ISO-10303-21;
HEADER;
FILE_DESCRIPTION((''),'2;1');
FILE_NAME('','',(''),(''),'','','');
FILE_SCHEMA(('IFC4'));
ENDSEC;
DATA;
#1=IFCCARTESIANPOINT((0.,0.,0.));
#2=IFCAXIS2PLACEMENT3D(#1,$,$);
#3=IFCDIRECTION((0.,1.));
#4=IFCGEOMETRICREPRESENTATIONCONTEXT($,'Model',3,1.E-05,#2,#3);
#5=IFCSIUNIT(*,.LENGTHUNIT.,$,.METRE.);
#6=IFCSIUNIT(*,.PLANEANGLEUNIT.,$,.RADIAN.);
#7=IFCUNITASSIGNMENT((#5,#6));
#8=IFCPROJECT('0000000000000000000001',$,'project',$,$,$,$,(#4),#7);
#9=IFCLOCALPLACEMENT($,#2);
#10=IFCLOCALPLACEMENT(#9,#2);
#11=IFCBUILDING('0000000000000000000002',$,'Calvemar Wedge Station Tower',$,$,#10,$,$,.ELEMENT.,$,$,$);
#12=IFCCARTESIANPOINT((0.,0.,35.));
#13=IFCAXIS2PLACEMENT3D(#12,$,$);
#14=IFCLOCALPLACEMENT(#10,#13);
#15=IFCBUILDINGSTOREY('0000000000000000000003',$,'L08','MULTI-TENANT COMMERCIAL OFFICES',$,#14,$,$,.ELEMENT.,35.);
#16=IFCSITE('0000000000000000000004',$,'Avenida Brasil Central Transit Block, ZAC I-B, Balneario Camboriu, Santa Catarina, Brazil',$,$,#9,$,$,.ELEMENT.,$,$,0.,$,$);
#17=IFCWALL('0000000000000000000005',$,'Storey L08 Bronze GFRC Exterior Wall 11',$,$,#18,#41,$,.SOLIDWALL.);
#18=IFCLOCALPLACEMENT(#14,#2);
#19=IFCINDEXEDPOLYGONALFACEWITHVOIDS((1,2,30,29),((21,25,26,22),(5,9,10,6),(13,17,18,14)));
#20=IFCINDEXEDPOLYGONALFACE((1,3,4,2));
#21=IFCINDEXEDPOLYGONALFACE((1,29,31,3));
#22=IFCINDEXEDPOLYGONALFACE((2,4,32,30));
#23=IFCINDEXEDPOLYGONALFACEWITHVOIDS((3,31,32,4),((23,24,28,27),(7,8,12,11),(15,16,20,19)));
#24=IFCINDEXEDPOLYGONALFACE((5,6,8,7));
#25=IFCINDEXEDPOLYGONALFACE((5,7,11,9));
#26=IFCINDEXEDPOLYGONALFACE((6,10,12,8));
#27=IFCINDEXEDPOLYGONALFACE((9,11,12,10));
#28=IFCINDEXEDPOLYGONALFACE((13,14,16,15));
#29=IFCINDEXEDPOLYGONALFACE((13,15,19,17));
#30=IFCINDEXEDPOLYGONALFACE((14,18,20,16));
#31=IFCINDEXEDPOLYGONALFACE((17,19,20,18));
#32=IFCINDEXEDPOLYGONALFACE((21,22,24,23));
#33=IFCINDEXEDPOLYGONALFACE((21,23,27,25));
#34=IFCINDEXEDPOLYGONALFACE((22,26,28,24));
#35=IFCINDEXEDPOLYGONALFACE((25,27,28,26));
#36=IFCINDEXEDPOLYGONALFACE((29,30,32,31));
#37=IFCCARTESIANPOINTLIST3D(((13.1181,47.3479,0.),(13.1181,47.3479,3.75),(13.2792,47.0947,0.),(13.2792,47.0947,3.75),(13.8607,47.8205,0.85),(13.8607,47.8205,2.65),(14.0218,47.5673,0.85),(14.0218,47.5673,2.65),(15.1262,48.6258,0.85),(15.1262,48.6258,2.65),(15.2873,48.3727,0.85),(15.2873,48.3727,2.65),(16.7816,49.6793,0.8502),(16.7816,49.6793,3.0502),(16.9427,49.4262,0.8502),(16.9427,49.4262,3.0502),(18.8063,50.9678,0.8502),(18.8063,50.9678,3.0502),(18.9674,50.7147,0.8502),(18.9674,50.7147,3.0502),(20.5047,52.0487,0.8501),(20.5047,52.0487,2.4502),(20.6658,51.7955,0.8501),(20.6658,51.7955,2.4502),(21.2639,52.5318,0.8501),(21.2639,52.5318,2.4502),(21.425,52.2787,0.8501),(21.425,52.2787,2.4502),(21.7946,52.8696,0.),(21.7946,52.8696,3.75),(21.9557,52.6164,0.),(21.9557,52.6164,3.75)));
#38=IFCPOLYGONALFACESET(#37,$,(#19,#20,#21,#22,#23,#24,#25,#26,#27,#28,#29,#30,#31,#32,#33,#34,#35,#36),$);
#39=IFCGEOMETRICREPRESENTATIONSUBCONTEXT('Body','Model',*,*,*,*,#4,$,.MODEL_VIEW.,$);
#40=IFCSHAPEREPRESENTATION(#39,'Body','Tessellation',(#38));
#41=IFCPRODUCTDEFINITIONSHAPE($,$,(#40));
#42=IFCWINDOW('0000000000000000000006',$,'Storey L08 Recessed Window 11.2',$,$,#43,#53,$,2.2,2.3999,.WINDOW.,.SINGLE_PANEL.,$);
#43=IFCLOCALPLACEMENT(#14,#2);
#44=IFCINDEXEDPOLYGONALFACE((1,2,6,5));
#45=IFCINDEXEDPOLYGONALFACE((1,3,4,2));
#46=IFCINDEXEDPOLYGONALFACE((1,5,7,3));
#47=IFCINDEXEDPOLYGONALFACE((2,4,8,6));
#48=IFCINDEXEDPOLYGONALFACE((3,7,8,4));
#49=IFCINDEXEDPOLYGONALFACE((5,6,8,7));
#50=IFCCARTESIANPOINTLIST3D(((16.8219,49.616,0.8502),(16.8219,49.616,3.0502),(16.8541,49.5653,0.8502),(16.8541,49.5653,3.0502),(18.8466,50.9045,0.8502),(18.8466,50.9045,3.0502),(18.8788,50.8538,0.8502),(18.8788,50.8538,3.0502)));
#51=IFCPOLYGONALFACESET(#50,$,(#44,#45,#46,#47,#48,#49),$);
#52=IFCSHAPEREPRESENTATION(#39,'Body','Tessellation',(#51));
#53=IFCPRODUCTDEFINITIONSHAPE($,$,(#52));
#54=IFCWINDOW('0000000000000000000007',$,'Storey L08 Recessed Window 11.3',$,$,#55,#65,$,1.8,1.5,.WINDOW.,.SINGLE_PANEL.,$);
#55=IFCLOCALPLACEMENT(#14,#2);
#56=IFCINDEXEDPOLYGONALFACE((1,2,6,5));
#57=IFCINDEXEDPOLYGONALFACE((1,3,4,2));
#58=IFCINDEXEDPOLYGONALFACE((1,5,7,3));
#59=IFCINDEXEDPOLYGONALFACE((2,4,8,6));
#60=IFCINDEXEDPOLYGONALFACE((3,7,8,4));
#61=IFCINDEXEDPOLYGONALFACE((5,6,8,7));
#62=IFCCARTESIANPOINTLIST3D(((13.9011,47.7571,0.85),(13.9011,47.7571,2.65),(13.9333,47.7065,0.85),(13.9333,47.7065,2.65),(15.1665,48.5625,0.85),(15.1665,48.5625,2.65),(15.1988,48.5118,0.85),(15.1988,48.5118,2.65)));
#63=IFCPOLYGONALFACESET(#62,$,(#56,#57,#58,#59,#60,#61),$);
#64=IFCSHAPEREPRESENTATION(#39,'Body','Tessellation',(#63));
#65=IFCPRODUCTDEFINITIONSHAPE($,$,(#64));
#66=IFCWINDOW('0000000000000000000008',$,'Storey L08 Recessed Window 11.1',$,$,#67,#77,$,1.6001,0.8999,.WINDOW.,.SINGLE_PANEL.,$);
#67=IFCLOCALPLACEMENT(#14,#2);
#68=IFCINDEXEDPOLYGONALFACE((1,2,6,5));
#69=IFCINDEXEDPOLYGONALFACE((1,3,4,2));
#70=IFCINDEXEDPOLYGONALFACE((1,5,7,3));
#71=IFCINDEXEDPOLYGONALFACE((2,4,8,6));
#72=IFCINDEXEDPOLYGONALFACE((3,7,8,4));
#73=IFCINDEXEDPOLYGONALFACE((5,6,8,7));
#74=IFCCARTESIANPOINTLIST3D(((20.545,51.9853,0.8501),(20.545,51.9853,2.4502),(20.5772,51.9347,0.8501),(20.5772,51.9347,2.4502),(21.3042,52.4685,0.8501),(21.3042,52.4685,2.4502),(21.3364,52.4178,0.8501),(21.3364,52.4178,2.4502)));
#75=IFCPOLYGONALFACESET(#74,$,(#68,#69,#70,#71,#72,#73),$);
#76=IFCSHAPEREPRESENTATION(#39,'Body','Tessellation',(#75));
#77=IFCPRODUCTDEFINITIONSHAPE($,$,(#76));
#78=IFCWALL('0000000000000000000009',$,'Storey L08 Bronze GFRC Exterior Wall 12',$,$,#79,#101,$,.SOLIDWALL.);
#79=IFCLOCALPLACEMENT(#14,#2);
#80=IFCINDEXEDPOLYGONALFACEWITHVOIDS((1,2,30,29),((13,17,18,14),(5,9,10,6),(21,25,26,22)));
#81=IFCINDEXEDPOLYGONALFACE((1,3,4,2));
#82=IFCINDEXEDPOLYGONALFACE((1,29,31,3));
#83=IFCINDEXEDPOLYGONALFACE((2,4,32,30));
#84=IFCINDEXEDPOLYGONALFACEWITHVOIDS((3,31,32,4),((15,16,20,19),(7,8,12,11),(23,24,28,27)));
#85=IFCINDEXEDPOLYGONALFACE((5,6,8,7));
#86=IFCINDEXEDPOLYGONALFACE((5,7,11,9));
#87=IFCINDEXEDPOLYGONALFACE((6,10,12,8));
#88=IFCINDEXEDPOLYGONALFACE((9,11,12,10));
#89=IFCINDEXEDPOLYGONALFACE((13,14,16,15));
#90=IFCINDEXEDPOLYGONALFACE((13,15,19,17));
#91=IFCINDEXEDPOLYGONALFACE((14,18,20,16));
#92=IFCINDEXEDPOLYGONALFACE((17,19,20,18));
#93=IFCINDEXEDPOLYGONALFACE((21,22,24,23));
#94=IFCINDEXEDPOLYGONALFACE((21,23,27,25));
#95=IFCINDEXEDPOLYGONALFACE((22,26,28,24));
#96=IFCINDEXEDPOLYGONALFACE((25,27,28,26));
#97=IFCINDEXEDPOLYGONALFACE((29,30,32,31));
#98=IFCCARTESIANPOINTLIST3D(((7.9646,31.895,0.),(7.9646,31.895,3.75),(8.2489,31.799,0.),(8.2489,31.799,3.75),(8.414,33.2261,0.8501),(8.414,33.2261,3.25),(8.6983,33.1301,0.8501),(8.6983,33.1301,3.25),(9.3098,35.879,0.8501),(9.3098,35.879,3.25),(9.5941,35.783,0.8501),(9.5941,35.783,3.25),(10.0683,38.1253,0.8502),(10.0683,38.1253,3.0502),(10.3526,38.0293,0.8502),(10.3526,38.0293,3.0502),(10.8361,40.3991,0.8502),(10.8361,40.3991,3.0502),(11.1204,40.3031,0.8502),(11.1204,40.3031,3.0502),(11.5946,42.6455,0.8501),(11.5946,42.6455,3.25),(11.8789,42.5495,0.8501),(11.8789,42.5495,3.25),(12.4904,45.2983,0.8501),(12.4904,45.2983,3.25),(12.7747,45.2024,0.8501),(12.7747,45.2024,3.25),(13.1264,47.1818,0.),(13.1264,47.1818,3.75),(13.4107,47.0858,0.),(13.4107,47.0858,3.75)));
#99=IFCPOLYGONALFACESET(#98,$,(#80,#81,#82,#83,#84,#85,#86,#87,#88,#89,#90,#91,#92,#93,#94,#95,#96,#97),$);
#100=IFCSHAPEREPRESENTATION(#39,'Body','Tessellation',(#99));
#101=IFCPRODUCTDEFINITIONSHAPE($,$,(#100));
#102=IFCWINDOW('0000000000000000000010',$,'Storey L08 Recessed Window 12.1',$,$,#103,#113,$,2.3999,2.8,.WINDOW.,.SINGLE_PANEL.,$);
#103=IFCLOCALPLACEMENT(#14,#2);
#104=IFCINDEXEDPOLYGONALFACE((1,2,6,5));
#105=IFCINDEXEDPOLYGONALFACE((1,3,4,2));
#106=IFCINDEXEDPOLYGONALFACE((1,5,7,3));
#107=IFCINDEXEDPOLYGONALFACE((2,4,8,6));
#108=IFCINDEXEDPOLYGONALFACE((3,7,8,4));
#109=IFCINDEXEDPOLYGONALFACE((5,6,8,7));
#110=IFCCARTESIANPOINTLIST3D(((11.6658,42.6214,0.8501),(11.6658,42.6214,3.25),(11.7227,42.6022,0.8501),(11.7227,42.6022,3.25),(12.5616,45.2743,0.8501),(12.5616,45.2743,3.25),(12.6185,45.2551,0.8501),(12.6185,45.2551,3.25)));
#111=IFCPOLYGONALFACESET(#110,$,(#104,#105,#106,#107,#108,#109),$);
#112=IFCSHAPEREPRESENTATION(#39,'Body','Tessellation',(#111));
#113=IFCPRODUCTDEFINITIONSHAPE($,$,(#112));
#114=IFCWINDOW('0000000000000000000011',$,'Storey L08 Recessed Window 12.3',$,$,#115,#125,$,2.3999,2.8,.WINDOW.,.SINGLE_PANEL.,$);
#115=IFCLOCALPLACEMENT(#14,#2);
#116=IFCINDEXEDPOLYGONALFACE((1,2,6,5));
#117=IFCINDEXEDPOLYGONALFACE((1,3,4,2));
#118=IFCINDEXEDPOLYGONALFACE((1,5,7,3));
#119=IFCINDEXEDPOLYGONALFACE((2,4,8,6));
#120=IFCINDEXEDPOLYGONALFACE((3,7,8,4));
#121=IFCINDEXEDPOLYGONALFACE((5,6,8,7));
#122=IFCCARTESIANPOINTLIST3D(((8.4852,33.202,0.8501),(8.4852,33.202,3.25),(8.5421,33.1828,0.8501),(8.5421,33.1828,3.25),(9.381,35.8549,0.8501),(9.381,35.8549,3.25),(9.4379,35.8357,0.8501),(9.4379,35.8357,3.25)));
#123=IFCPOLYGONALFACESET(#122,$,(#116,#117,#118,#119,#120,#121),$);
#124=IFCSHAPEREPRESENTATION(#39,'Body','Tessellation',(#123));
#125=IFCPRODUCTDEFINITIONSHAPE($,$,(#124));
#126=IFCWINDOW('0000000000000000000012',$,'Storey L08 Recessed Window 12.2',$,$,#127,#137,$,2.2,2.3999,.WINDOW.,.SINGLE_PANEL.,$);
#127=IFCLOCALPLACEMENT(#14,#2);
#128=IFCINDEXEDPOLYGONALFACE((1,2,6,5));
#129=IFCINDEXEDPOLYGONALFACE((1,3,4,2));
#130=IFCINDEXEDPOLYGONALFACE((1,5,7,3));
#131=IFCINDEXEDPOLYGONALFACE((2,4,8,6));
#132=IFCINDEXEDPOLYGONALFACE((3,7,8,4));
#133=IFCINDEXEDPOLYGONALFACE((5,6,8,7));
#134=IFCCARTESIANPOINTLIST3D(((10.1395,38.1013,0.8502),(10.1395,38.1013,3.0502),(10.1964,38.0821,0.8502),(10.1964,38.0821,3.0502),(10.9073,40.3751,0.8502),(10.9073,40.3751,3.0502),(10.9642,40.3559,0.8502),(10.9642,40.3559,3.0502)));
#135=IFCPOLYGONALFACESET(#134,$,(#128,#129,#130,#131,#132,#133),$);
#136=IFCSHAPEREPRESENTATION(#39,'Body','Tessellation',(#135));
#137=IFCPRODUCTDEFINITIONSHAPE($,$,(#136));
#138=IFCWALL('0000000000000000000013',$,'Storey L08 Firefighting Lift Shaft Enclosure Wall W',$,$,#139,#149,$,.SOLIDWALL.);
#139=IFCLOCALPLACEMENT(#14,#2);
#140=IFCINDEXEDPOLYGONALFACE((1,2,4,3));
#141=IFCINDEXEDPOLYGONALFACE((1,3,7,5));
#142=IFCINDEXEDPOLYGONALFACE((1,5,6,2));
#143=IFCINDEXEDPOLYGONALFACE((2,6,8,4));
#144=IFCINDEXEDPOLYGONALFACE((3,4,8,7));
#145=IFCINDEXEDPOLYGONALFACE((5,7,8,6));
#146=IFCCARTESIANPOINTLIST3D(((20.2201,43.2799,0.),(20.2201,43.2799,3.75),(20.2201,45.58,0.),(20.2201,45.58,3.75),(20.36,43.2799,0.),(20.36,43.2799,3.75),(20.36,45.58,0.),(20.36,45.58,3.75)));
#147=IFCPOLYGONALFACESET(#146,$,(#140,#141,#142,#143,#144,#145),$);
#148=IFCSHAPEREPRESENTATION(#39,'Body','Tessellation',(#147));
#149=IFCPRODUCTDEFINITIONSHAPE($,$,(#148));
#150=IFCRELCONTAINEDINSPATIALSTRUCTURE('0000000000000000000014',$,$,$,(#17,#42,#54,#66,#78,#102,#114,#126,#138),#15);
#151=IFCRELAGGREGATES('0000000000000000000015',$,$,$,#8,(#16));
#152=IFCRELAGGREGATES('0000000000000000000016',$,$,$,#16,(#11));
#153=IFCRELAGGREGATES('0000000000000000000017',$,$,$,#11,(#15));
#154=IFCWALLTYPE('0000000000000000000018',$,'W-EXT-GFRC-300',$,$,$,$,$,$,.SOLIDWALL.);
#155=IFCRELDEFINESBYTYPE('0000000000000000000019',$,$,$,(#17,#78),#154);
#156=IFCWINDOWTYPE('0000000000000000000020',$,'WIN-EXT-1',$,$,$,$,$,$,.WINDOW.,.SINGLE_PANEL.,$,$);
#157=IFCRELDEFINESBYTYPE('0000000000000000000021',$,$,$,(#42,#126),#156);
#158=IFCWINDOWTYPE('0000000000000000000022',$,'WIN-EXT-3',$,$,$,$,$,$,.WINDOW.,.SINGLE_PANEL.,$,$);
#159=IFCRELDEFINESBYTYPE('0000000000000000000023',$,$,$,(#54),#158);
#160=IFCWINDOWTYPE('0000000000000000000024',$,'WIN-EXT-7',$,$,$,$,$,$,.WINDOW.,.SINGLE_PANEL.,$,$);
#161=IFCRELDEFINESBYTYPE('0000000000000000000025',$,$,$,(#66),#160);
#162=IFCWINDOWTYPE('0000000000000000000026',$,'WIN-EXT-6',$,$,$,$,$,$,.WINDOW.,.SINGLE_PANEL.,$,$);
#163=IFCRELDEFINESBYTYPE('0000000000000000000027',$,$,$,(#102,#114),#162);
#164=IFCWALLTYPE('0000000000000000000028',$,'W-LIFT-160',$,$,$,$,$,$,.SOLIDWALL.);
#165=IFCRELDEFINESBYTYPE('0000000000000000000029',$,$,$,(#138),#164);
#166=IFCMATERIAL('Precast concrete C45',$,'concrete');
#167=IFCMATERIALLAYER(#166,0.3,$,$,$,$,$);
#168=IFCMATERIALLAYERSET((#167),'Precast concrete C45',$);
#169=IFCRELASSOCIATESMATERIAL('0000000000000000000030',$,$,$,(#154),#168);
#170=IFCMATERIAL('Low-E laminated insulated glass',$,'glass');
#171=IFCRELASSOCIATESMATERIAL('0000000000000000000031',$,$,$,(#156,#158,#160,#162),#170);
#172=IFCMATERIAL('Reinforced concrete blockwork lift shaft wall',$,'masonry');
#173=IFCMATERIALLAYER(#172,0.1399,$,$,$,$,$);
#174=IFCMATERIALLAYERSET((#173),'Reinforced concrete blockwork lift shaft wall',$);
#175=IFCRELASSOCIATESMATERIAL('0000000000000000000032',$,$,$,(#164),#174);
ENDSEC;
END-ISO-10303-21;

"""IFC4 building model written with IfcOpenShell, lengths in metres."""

from ifc_helpers import new_model, si_unit, direction, frame, frame_2d, origin, place, context, subcontext, project, spatial, rectangle, extrude, source, transform, mapped, material, layer, layer_set, type_object, element, fill, save


model = new_model("IFC4")

# Units and contexts
model_context = context("Model", 3, precision=1e-05, world=origin(), true_north=direction((0.0, 1.0)))
body_context = subcontext(model_context, "Body", "Model", "MODEL_VIEW")
ifc_project = project(units=[si_unit("LENGTHUNIT", "METRE"), si_unit("PLANEANGLEUNIT", "RADIAN")], contexts=[model_context])

# Site, building, storey
site_placement = place(None, origin())
site = spatial("IfcSite", under=ifc_project, at=site_placement, Name="Avenida Brasil Central Transit Block, ZAC I-B, Balneario Camboriu, Santa Catarina, Brazil", CompositionType="ELEMENT", RefElevation=0.0)
building_placement = place(site_placement, origin())
building = spatial("IfcBuilding", under=site, at=building_placement, Name="Calvemar Wedge Station Tower", CompositionType="ELEMENT")
storey_placement = place(building_placement, frame((0.0, 0.0, 35.0)))
storey = spatial("IfcBuildingStorey", under=building, at=storey_placement, Name="L08", Description="MULTI-TENANT COMMERCIAL OFFICES", CompositionType="ELEMENT", Elevation=35.0)

# Shared definitions
ifc_material_1 = material(Name="Precast concrete C45", Category="concrete")

# Walls, openings, windows
ifc_layer_1 = layer(ifc_material_1, 0.3)
ifc_layer_set_1 = layer_set([ifc_layer_1], Name="Precast concrete C45")
wall_type_1 = type_object("IfcWallType", Name="W-EXT-GFRC-300", PredefinedType="SOLIDWALL", material=ifc_layer_set_1)
wall_1_placement = place(storey_placement, frame((21.875, 52.7429, 0.0), z_axis=(0.0, 0.0, 1.0), x_axis=(-0.843648, -0.536897, 0.0)))
wall_1 = element("IfcWall", 1, at=wall_1_placement, inside=storey, type_object=wall_type_1, Name="Storey L08 Bronze GFRC Exterior Wall 11", PredefinedType="SOLIDWALL", context=body_context, shape_type="SweptSolid", body=[
    extrude(rectangle(XDim=10.2844, YDim=0.3, at=frame_2d((5.1421, 0.0))), origin(), (0.0, 0.0, 1.0), 3.75),
])
shared_shape_1 = source(origin(), body_context, "Body", "SweptSolid", [
    extrude(rectangle(XDim=0.8999, YDim=1.6001, at=frame_2d((0.45, 0.8))), frame((0.0, 0.1602, 0.0), z_axis=(0.0, -1.0, 0.0), x_axis=(1.0, 0.0, 0.0)), (0.0, 0.0, 1.0), 0.3201),
])
opening_1_placement = place(wall_1_placement, frame((0.6289, 0.0, 0.8501)))
opening_1 = element("IfcOpeningElement", 2, at=opening_1_placement, cuts=wall_1, PredefinedType="OPENING", context=body_context, shape_type="MappedRepresentation", body=[
    mapped(shared_shape_1, transform((0.0, 0.0, 0.0), scale=1.0)),
])
shared_shape_2 = source(origin(), body_context, "Body", "SweptSolid", [
    extrude(rectangle(XDim=2.3999, YDim=2.2, at=frame_2d((1.2, 1.1001))), frame((0.0, 0.1602, 0.0), z_axis=(0.0, -1.0, 0.0), x_axis=(1.0, 0.0, 0.0)), (0.0, 0.0, 1.0), 0.3201),
])
opening_2_placement = place(wall_1_placement, frame((3.542, 0.0, 0.8501)))
opening_2 = element("IfcOpeningElement", 3, at=opening_2_placement, cuts=wall_1, PredefinedType="OPENING", context=body_context, shape_type="MappedRepresentation", body=[
    mapped(shared_shape_2, transform((0.0, 0.0, 0.0), scale=1.0)),
])
shared_shape_3 = source(origin(), body_context, "Body", "SweptSolid", [
    extrude(rectangle(XDim=1.5, YDim=1.8, at=frame_2d((0.75, 0.8999))), frame((0.0, 0.1602, 0.0), z_axis=(0.0, -1.0, 0.0), x_axis=(1.0, 0.0, 0.0)), (0.0, 0.0, 1.0), 0.3201),
])
opening_3_placement = place(wall_1_placement, frame((7.9041, 0.0, 0.8501)))
opening_3 = element("IfcOpeningElement", 4, at=opening_3_placement, cuts=wall_1, PredefinedType="OPENING", context=body_context, shape_type="MappedRepresentation", body=[
    mapped(shared_shape_3, transform((0.0, 0.0, 0.0), scale=1.0)),
])
ifc_material_2 = material(Name="Low-E laminated insulated glass", Category="glass")
window_type_1 = type_object("IfcWindowType", Name="WIN-EXT-1", PartitioningType="SINGLE_PANEL", PredefinedType="WINDOW", material=ifc_material_2)
shared_shape_4 = source(origin(), body_context, "Body", "SweptSolid", [
    extrude(rectangle(XDim=2.3999, YDim=2.2, at=frame_2d((1.2, 1.1001))), frame((0.0, -0.0149, 0.0), z_axis=(0.0, -1.0, 0.0), x_axis=(1.0, 0.0, 0.0)), (0.0, 0.0, 1.0), 0.0601),
])
window_1_placement = place(opening_2_placement, origin())
window_1 = element("IfcWindow", 5, at=window_1_placement, inside=storey, type_object=window_type_1, Name="Storey L08 Recessed Window 11.2", OverallHeight=2.2, OverallWidth=2.3999, PartitioningType="SINGLE_PANEL", PredefinedType="WINDOW", context=body_context, shape_type="MappedRepresentation", body=[
    mapped(shared_shape_4, transform((0.0, 0.0, 0.0), scale=1.0)),
])
fill(opening_2, window_1)
window_type_2 = type_object("IfcWindowType", Name="WIN-EXT-3", PartitioningType="SINGLE_PANEL", PredefinedType="WINDOW", material=ifc_material_2)
shared_shape_5 = source(origin(), body_context, "Body", "SweptSolid", [
    extrude(rectangle(XDim=1.5, YDim=1.8, at=frame_2d((0.75, 0.8999))), frame((0.0, -0.0149, 0.0), z_axis=(0.0, -1.0, 0.0), x_axis=(1.0, 0.0, 0.0)), (0.0, 0.0, 1.0), 0.0601),
])
window_2_placement = place(opening_3_placement, origin())
window_2 = element("IfcWindow", 6, at=window_2_placement, inside=storey, type_object=window_type_2, Name="Storey L08 Recessed Window 11.3", OverallHeight=1.8, OverallWidth=1.5, PartitioningType="SINGLE_PANEL", PredefinedType="WINDOW", context=body_context, shape_type="MappedRepresentation", body=[
    mapped(shared_shape_5, transform((0.0, 0.0, 0.0), scale=1.0)),
])
fill(opening_3, window_2)
window_type_3 = type_object("IfcWindowType", Name="WIN-EXT-7", PartitioningType="SINGLE_PANEL", PredefinedType="WINDOW", material=ifc_material_2)
shared_shape_6 = source(origin(), body_context, "Body", "SweptSolid", [
    extrude(rectangle(XDim=0.8999, YDim=1.6001, at=frame_2d((0.45, 0.8))), frame((0.0, -0.0149, 0.0), z_axis=(0.0, -1.0, 0.0), x_axis=(1.0, 0.0, 0.0)), (0.0, 0.0, 1.0), 0.0601),
])
window_3_placement = place(opening_1_placement, origin())
window_3 = element("IfcWindow", 7, at=window_3_placement, inside=storey, type_object=window_type_3, Name="Storey L08 Recessed Window 11.1", OverallHeight=1.6001, OverallWidth=0.8999, PartitioningType="SINGLE_PANEL", PredefinedType="WINDOW", context=body_context, shape_type="MappedRepresentation", body=[
    mapped(shared_shape_6, transform((0.0, 0.0, 0.0), scale=1.0)),
])
fill(opening_1, window_3)
wall_2_placement = place(storey_placement, frame((13.2686, 47.1338, 0.0), z_axis=(0.0, 0.0, 1.0), x_axis=(-0.31992, -0.947444, 0.0)))
wall_2 = element("IfcWall", 8, at=wall_2_placement, inside=storey, type_object=wall_type_1, Name="Storey L08 Bronze GFRC Exterior Wall 12", PredefinedType="SOLIDWALL", context=body_context, shape_type="SweptSolid", body=[
    extrude(rectangle(XDim=16.1348, YDim=0.3, at=frame_2d((8.0674, 0.0))), origin(), (0.0, 0.0, 1.0), 3.75),
])
shared_shape_7 = source(origin(), body_context, "Body", "SweptSolid", [
    extrude(rectangle(XDim=2.8, YDim=2.3999, at=frame_2d((1.3999, 1.2))), frame((0.0, 0.1602, 0.0), z_axis=(0.0, -1.0, 0.0), x_axis=(1.0, 0.0, 0.0)), (0.0, 0.0, 1.0), 0.3201),
])
opening_4_placement = place(wall_2_placement, frame((1.988, 0.0, 0.8501)))
opening_4 = element("IfcOpeningElement", 9, at=opening_4_placement, cuts=wall_2, PredefinedType="OPENING", context=body_context, shape_type="MappedRepresentation", body=[
    mapped(shared_shape_7, transform((0.0, 0.0, 0.0), scale=1.0)),
])
opening_5_placement = place(wall_2_placement, frame((7.1589, 0.0, 0.8501)))
opening_5 = element("IfcOpeningElement", 10, at=opening_5_placement, cuts=wall_2, PredefinedType="OPENING", context=body_context, shape_type="MappedRepresentation", body=[
    mapped(shared_shape_2, transform((0.0, 0.0, 0.0), scale=1.0)),
])
opening_6_placement = place(wall_2_placement, frame((11.9299, 0.0, 0.8501)))
opening_6 = element("IfcOpeningElement", 11, at=opening_6_placement, cuts=wall_2, PredefinedType="OPENING", context=body_context, shape_type="MappedRepresentation", body=[
    mapped(shared_shape_7, transform((0.0, 0.0, 0.0), scale=1.0)),
])
window_type_4 = type_object("IfcWindowType", Name="WIN-EXT-6", PartitioningType="SINGLE_PANEL", PredefinedType="WINDOW", material=ifc_material_2)
shared_shape_8 = source(origin(), body_context, "Body", "SweptSolid", [
    extrude(rectangle(XDim=2.8, YDim=2.3999, at=frame_2d((1.3999, 1.2))), frame((0.0, -0.0149, 0.0), z_axis=(0.0, -1.0, 0.0), x_axis=(1.0, 0.0, 0.0)), (0.0, 0.0, 1.0), 0.0601),
])
window_4_placement = place(opening_4_placement, origin())
window_4 = element("IfcWindow", 12, at=window_4_placement, inside=storey, type_object=window_type_4, Name="Storey L08 Recessed Window 12.1", OverallHeight=2.3999, OverallWidth=2.8, PartitioningType="SINGLE_PANEL", PredefinedType="WINDOW", context=body_context, shape_type="MappedRepresentation", body=[
    mapped(shared_shape_8, transform((0.0, 0.0, 0.0), scale=1.0)),
])
fill(opening_4, window_4)
window_5_placement = place(opening_6_placement, origin())
window_5 = element("IfcWindow", 13, at=window_5_placement, inside=storey, type_object=window_type_4, Name="Storey L08 Recessed Window 12.3", OverallHeight=2.3999, OverallWidth=2.8, PartitioningType="SINGLE_PANEL", PredefinedType="WINDOW", context=body_context, shape_type="MappedRepresentation", body=[
    mapped(shared_shape_8, transform((0.0, 0.0, 0.0), scale=1.0)),
])
fill(opening_6, window_5)
window_6_placement = place(opening_5_placement, origin())
window_6 = element("IfcWindow", 14, at=window_6_placement, inside=storey, type_object=window_type_1, Name="Storey L08 Recessed Window 12.2", OverallHeight=2.2, OverallWidth=2.3999, PartitioningType="SINGLE_PANEL", PredefinedType="WINDOW", context=body_context, shape_type="MappedRepresentation", body=[
    mapped(shared_shape_4, transform((0.0, 0.0, 0.0), scale=1.0)),
])
fill(opening_5, window_6)

# Shared definitions
ifc_material_3 = material(Name="Reinforced concrete blockwork lift shaft wall", Category="masonry")
ifc_layer_2 = layer(ifc_material_3, 0.1399)
ifc_layer_set_2 = layer_set([ifc_layer_2], Name="Reinforced concrete blockwork lift shaft wall")
wall_type_2 = type_object("IfcWallType", Name="W-LIFT-160", PredefinedType="SOLIDWALL", material=ifc_layer_set_2)

# Wall
wall_3_placement = place(storey_placement, frame((20.29, 43.28, 0.0), z_axis=(0.0, 0.0, 1.0), x_axis=(0.0, 1.0, 0.0)))
element("IfcWall", 15, at=wall_3_placement, inside=storey, type_object=wall_type_2, Name="Storey L08 Firefighting Lift Shaft Enclosure Wall W", PredefinedType="SOLIDWALL", context=body_context, shape_type="SweptSolid", body=[
    extrude(rectangle(XDim=2.3, YDim=0.1399, at=frame_2d((1.1499, 0.0))), origin(), (0.0, 0.0, 1.0), 3.75),
])

save(model, "model.ifc")
